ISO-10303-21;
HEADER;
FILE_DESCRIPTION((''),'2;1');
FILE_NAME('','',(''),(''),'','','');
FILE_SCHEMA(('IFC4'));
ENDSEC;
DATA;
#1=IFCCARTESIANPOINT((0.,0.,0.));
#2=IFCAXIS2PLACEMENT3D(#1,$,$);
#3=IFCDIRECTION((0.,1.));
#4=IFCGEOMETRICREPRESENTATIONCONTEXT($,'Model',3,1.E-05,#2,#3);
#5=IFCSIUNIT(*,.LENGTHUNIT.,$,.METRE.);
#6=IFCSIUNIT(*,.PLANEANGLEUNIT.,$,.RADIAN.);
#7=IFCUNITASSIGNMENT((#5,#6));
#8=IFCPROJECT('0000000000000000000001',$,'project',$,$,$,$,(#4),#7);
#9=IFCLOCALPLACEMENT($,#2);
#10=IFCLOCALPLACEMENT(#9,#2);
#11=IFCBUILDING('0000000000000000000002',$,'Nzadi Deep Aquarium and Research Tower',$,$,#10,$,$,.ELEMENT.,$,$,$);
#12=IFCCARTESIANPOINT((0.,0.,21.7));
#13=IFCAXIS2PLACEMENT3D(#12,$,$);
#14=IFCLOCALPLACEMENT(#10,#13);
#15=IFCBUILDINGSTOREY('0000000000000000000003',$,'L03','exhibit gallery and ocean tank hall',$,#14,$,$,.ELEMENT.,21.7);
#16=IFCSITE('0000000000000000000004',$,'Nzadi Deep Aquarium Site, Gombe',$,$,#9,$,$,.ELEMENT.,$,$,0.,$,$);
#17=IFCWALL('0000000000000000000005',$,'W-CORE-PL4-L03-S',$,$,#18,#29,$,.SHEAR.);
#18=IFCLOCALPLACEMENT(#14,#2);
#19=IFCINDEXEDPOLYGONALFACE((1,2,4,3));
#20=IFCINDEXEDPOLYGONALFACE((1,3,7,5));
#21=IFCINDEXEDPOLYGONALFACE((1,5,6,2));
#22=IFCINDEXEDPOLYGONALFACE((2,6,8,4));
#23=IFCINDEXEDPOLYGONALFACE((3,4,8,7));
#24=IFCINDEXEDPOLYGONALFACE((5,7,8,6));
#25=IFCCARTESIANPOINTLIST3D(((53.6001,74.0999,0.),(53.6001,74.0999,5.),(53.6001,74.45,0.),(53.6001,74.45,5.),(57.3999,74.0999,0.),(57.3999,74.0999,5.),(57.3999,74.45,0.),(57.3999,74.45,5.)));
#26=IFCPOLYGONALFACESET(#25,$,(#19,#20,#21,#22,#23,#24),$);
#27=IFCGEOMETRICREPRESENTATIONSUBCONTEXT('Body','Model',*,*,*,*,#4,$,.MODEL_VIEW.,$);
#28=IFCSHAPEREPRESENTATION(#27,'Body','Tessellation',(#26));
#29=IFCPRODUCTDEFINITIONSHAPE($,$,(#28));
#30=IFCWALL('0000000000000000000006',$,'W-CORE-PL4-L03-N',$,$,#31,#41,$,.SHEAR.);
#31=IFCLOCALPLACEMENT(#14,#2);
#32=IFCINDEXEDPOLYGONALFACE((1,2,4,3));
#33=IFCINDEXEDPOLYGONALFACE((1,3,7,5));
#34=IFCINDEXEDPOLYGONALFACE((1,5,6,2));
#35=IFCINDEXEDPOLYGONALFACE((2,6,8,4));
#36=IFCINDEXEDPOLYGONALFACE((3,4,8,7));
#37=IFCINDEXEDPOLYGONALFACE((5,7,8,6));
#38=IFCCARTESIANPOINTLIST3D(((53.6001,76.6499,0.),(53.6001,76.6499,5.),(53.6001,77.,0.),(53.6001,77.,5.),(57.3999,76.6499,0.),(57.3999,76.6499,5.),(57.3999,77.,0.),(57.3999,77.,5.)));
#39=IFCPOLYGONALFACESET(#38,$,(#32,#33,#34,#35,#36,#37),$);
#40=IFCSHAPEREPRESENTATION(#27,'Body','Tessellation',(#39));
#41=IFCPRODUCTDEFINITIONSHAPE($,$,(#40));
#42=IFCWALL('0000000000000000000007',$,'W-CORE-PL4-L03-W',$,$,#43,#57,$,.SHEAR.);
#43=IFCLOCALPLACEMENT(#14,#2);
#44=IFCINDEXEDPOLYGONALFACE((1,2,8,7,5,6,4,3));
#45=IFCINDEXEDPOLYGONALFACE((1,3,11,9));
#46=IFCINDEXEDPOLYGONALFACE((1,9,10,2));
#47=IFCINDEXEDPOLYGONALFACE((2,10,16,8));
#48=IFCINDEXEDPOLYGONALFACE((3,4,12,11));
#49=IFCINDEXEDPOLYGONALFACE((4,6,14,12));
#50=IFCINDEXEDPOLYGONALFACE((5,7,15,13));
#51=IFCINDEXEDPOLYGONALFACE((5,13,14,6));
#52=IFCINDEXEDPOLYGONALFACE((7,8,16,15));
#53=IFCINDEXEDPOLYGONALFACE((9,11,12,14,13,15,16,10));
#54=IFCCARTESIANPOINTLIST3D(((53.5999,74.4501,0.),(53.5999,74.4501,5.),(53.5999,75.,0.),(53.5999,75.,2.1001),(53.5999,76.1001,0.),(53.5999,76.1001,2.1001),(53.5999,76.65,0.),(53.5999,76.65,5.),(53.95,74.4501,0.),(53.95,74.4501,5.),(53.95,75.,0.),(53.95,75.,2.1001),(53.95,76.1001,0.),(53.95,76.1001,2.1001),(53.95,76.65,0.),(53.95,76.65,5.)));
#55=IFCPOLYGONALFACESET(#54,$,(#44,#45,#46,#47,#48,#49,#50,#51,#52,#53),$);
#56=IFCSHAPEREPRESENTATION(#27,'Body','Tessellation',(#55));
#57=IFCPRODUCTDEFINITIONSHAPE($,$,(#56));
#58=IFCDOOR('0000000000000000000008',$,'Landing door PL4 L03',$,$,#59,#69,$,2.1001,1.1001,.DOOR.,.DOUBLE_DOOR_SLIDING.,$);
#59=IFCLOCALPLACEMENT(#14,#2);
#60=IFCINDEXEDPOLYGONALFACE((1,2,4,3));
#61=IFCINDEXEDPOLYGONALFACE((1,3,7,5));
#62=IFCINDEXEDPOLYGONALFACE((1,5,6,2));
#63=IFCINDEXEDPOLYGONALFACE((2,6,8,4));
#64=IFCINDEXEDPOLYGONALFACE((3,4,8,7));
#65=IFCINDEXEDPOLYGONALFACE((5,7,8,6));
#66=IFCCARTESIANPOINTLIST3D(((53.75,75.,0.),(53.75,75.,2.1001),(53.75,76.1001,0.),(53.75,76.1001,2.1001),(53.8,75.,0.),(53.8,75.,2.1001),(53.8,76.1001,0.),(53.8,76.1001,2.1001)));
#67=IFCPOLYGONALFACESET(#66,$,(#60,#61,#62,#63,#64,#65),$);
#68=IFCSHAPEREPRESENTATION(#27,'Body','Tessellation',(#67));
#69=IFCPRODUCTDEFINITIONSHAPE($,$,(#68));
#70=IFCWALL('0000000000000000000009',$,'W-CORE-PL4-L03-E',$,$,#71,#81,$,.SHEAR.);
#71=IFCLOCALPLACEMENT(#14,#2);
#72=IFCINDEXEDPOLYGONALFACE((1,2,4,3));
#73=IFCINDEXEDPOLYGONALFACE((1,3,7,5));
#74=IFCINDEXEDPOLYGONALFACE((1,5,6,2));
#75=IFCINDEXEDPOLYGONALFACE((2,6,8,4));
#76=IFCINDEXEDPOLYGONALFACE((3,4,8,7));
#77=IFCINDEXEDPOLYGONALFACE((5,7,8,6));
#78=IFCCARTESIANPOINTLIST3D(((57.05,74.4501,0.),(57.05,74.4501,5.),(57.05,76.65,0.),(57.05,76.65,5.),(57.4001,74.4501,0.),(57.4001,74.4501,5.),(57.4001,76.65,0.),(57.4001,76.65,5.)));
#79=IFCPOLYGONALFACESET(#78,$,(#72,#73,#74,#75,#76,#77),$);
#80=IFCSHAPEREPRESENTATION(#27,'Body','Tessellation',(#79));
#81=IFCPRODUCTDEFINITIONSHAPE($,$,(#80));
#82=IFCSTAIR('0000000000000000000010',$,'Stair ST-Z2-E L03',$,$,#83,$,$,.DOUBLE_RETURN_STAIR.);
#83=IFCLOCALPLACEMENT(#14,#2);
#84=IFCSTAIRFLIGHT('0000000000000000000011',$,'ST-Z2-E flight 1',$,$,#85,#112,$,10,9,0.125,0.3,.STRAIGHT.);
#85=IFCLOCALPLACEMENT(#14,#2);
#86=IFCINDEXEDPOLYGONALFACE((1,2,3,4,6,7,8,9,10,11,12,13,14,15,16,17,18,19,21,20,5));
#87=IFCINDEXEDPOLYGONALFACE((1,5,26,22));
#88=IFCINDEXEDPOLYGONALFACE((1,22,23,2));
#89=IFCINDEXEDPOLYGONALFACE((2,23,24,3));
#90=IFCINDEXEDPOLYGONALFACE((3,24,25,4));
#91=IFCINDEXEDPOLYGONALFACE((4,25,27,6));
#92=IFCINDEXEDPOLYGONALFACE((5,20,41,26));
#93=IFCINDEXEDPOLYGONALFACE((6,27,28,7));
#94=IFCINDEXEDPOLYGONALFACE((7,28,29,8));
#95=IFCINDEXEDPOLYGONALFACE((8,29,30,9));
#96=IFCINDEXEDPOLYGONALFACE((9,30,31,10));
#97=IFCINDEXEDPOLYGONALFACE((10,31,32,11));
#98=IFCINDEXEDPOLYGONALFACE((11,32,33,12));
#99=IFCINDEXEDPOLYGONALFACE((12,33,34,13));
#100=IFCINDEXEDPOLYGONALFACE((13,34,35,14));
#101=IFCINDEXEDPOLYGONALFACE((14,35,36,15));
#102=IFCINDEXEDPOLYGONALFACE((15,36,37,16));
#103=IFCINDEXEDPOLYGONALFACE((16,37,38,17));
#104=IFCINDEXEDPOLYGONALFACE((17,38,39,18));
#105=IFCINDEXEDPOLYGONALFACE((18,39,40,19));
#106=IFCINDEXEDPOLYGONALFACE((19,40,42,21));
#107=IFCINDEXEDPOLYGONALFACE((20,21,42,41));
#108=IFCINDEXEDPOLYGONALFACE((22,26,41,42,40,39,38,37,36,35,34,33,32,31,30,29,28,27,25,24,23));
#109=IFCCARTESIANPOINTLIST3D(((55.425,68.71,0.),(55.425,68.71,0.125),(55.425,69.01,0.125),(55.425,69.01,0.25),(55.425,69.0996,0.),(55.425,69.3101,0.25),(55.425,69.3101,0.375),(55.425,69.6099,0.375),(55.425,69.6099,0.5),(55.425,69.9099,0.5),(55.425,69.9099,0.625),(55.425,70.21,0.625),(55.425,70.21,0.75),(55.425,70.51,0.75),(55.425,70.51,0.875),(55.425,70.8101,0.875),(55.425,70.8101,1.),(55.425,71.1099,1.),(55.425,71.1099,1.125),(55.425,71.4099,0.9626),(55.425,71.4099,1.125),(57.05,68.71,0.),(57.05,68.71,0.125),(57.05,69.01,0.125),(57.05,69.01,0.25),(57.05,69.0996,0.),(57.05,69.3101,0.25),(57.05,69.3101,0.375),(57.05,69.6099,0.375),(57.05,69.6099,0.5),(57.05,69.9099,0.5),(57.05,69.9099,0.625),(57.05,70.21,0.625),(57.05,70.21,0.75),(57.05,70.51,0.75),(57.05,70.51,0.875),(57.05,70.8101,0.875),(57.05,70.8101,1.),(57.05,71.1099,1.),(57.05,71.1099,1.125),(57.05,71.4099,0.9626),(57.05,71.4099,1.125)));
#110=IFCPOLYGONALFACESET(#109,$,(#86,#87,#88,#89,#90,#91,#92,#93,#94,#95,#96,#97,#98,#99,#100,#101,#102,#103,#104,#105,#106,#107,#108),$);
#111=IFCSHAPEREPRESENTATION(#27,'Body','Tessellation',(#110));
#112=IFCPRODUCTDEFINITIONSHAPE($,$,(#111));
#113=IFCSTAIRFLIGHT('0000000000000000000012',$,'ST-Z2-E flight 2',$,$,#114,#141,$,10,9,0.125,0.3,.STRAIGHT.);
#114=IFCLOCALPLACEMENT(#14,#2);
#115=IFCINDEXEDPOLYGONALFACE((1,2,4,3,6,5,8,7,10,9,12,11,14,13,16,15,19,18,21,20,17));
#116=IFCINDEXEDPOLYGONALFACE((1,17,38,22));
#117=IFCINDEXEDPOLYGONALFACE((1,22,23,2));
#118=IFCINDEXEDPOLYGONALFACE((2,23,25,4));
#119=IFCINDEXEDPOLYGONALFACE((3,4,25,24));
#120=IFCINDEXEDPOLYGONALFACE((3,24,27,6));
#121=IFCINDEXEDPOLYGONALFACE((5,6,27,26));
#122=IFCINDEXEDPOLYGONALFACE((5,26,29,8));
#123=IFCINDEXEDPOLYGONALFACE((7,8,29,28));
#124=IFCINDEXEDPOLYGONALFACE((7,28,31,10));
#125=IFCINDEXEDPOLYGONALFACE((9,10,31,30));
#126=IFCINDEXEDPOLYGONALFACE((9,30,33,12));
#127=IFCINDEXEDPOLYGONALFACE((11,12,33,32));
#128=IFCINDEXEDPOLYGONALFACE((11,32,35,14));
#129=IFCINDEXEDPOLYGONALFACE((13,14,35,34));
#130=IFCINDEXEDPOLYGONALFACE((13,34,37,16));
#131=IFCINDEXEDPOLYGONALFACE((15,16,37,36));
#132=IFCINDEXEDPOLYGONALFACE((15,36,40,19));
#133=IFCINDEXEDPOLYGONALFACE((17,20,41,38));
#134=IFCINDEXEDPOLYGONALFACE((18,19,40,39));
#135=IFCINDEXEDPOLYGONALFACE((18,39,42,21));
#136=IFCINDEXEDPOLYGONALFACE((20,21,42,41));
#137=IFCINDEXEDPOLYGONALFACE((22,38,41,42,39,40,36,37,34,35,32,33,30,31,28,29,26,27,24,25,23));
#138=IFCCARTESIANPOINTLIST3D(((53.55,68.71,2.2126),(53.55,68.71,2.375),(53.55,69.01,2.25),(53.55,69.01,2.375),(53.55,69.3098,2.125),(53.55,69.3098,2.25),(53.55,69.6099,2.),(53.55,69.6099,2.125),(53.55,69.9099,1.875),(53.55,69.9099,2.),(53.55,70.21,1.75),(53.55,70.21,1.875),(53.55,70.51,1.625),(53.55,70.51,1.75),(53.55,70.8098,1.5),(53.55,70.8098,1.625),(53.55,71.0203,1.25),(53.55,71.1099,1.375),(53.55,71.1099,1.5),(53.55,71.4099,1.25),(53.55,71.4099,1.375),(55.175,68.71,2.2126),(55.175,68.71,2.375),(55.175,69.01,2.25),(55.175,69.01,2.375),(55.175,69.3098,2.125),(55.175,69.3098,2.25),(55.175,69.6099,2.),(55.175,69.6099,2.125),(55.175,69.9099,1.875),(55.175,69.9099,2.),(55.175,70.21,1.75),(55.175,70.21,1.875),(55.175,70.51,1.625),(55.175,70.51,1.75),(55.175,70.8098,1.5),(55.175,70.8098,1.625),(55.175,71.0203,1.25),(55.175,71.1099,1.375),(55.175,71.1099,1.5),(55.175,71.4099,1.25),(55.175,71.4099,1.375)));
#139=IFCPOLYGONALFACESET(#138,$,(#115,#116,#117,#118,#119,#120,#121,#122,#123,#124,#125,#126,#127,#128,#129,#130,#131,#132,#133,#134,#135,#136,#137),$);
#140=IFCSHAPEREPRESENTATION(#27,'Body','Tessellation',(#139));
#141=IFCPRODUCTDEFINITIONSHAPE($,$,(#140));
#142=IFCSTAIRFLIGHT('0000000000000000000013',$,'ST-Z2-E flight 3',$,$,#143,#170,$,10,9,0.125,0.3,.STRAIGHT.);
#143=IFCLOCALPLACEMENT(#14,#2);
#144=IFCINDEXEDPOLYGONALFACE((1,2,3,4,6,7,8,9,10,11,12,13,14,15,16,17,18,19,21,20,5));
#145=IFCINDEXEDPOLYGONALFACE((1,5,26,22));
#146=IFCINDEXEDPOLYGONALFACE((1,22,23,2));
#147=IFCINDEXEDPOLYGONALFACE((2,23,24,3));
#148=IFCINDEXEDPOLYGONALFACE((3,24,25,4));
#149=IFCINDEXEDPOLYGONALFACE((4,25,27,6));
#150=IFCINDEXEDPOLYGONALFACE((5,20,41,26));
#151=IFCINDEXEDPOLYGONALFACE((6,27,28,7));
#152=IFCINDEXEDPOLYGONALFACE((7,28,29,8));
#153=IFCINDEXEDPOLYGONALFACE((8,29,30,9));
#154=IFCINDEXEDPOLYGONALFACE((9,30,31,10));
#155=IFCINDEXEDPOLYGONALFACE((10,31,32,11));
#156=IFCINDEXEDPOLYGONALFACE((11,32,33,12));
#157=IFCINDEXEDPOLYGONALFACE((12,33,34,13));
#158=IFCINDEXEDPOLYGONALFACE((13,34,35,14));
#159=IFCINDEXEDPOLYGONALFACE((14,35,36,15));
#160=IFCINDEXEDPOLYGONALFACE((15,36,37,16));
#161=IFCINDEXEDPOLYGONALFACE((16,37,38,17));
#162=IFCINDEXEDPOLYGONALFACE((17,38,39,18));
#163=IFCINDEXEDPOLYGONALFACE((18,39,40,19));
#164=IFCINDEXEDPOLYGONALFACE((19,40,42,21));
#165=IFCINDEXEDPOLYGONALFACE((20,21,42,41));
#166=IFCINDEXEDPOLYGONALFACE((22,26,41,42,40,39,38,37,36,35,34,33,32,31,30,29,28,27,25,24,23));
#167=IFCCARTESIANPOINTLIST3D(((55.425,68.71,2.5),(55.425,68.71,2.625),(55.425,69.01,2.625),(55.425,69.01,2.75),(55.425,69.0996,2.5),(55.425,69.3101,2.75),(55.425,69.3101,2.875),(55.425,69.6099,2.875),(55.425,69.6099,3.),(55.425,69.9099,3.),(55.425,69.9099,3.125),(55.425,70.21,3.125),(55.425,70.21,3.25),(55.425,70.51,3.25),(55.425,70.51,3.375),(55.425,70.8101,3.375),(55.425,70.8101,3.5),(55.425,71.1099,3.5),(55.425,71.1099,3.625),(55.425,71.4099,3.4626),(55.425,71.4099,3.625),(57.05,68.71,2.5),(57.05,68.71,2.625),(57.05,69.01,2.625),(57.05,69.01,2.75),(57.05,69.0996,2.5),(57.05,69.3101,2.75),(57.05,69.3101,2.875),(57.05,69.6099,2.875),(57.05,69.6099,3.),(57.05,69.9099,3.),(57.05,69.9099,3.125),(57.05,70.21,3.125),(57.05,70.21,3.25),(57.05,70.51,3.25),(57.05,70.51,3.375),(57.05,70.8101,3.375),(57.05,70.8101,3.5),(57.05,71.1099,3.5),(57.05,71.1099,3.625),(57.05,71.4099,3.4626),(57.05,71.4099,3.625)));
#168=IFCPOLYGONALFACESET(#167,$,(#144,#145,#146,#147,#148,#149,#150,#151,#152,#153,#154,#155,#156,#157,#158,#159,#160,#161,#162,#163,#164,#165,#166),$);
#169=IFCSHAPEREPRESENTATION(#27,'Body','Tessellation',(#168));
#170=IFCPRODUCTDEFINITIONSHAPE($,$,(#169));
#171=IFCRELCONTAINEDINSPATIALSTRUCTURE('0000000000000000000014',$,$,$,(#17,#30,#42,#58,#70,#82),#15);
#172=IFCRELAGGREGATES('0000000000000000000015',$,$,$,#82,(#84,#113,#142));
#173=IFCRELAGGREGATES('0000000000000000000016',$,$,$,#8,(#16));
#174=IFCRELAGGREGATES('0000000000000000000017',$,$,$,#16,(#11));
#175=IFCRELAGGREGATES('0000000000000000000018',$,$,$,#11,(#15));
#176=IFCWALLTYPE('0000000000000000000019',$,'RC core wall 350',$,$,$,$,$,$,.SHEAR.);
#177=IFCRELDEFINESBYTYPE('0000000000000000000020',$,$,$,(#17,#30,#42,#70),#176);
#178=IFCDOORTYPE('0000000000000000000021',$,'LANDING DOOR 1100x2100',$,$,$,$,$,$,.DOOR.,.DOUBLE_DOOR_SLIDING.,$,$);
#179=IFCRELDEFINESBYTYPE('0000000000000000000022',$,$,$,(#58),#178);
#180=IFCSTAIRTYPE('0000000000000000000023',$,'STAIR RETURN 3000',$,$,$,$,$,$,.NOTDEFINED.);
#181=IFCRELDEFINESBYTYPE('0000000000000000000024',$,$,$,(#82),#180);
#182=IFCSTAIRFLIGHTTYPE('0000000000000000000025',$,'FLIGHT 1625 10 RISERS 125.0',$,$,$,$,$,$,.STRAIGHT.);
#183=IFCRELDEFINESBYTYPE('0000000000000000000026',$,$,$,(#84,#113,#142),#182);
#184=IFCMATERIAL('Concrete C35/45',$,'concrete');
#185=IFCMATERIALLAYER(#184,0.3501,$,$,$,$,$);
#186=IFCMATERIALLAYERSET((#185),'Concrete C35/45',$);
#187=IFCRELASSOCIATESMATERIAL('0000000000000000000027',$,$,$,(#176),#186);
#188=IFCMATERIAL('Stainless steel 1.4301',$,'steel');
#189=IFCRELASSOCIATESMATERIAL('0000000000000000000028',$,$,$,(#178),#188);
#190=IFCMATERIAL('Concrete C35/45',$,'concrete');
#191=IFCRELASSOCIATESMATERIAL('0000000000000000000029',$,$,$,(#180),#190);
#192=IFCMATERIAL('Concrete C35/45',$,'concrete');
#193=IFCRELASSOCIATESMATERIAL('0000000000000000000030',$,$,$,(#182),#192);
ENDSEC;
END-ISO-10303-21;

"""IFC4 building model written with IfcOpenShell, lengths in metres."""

from ifc_helpers import new_model, si_unit, direction, frame, frame_2d, origin, place, context, subcontext, project, spatial, polyline, rectangle, outline, extrude, material, layer, layer_set, type_object, element, fill, aggregate, save


model = new_model("IFC4")

# Units and contexts
model_context = context("Model", 3, precision=1e-05, world=origin(), true_north=direction((0.0, 1.0)))
body_context = subcontext(model_context, "Body", "Model", "MODEL_VIEW")
ifc_project = project(units=[si_unit("LENGTHUNIT", "METRE"), si_unit("PLANEANGLEUNIT", "RADIAN")], contexts=[model_context])

# Site, building, storey
site_placement = place(None, origin())
site = spatial("IfcSite", under=ifc_project, at=site_placement, Name="Nzadi Deep Aquarium Site, Gombe", CompositionType="ELEMENT", RefElevation=0.0)
building_placement = place(site_placement, origin())
building = spatial("IfcBuilding", under=site, at=building_placement, Name="Nzadi Deep Aquarium and Research Tower", CompositionType="ELEMENT")
storey_placement = place(building_placement, frame((0.0, 0.0, 21.7)))
storey = spatial("IfcBuildingStorey", under=building, at=storey_placement, Name="L03", Description="exhibit gallery and ocean tank hall", CompositionType="ELEMENT", Elevation=21.7)

# Walls
ifc_material_1 = material(Name="Concrete C35/45", Category="concrete")
ifc_layer_1 = layer(ifc_material_1, 0.3501)
ifc_layer_set_1 = layer_set([ifc_layer_1], Name="Concrete C35/45")
wall_type_1 = type_object("IfcWallType", Name="RC core wall 350", PredefinedType="SHEAR", material=ifc_layer_set_1)
for number, where, z_axis, x_axis, name in (
    (1, (53.6001, 74.2749, 0.0), (0.0, 0.0, 1.0), (1.0, 0.0, 0.0), "W-CORE-PL4-L03-S"),
    (2, (53.6001, 76.825, 0.0), (0.0, 0.0, 1.0), (1.0, 0.0, 0.0), "W-CORE-PL4-L03-N"),
):
    element("IfcWall", number, at=place(storey_placement, frame(where, z_axis=z_axis, x_axis=x_axis)), inside=storey, type_object=wall_type_1, Name=name, PredefinedType="SHEAR", context=body_context, shape_type="SweptSolid", body=[
        extrude(rectangle(XDim=3.7998, YDim=0.3501, at=frame_2d((1.8999, 0.0))), origin(), (0.0, 0.0, 1.0), 5.0),
    ])

# Wall, opening, door
wall_1_placement = place(storey_placement, frame((53.7749, 74.45, 0.0), z_axis=(0.0, 0.0, 1.0), x_axis=(0.0, 1.0, 0.0)))
wall_1 = element("IfcWall", 3, at=wall_1_placement, inside=storey, type_object=wall_type_1, Name="W-CORE-PL4-L03-W", PredefinedType="SHEAR", context=body_context, shape_type="SweptSolid", body=[
    extrude(rectangle(XDim=2.2, YDim=0.3501, at=frame_2d((1.1001, 0.0))), origin(), (0.0, 0.0, 1.0), 5.0),
])
opening_1_placement = place(wall_1_placement, frame((0.55, 0.0, 0.0)))
opening_1 = element("IfcOpeningElement", 4, at=opening_1_placement, cuts=wall_1, PredefinedType="OPENING", context=body_context, shape_type="SweptSolid", body=[
    extrude(rectangle(XDim=1.1001, YDim=2.1001, at=frame_2d((0.55, 1.05))), frame((0.0, 0.1851, 0.0), z_axis=(0.0, -1.0, 0.0), x_axis=(1.0, 0.0, 0.0)), (0.0, 0.0, 1.0), 0.3701),
])
ifc_material_2 = material(Name="Stainless steel 1.4301", Category="steel")
door_type_1 = type_object("IfcDoorType", Name="LANDING DOOR 1100x2100", OperationType="DOUBLE_DOOR_SLIDING", PredefinedType="DOOR", material=ifc_material_2)
door_1_placement = place(opening_1_placement, origin())
door_1 = element("IfcDoor", 5, at=door_1_placement, inside=storey, type_object=door_type_1, Name="Landing door PL4 L03", OperationType="DOUBLE_DOOR_SLIDING", OverallHeight=2.1001, OverallWidth=1.1001, PredefinedType="DOOR", context=body_context, shape_type="SweptSolid", body=[
    extrude(rectangle(XDim=1.1001, YDim=2.1001, at=frame_2d((0.55, 1.05))), frame((0.0, 0.0249, 0.0), z_axis=(0.0, -1.0, 0.0), x_axis=(1.0, 0.0, 0.0)), (0.0, 0.0, 1.0), 0.05),
])
fill(opening_1, door_1)

# Wall
wall_2_placement = place(storey_placement, frame((57.2251, 74.45, 0.0), z_axis=(0.0, 0.0, 1.0), x_axis=(0.0, 1.0, 0.0)))
element("IfcWall", 6, at=wall_2_placement, inside=storey, type_object=wall_type_1, Name="W-CORE-PL4-L03-E", PredefinedType="SHEAR", context=body_context, shape_type="SweptSolid", body=[
    extrude(rectangle(XDim=2.2, YDim=0.3501, at=frame_2d((1.1001, 0.0))), origin(), (0.0, 0.0, 1.0), 5.0),
])

# Stair, stair flights
ifc_material_3 = material(Name="Concrete C35/45", Category="concrete")
stair_type = type_object("IfcStairType", Name="STAIR RETURN 3000", PredefinedType="NOTDEFINED", material=ifc_material_3)
stair_placement = place(storey_placement, origin())
stair = element("IfcStair", 7, at=stair_placement, inside=storey, type_object=stair_type, Name="Stair ST-Z2-E L03", PredefinedType="DOUBLE_RETURN_STAIR")
ifc_material_4 = material(Name="Concrete C35/45", Category="concrete")
stair_flight_type = type_object("IfcStairFlightType", Name="FLIGHT 1625 10 RISERS 125.0", PredefinedType="STRAIGHT", material=ifc_material_4)
stair_flight_1_placement = place(storey_placement, frame((56.2375, 68.71, 0.0), z_axis=(0.0, 0.0, 1.0), x_axis=(0.0, 1.0, 0.0)))
stair_flight_1 = element("IfcStairFlight", 8, at=stair_flight_1_placement, type_object=stair_flight_type, Name="ST-Z2-E flight 1", NumberOfRisers=10, NumberOfTreads=9, PredefinedType="STRAIGHT", RiserHeight=0.125, TreadLength=0.3, context=body_context, shape_type="SweptSolid", body=[
    extrude(outline(polyline([(0.0, 0.0), (0.0, 0.125), (0.3, 0.125), (0.3, 0.25), (0.6001, 0.25), (0.6001, 0.375), (0.8999, 0.375), (0.8999, 0.5), (1.2, 0.5), (1.2, 0.625), (1.5, 0.625), (1.5, 0.75), (1.8, 0.75), (1.8, 0.875), (2.1001, 0.875), (2.1001, 1.0), (2.3999, 1.0), (2.3999, 1.125), (2.7, 1.125), (2.7, 1.25), (2.7, 0.9626), (0.3896, 0.0), (0.0, 0.0)])), frame((0.0, 0.8125, 0.0), z_axis=(0.0, -1.0, 0.0), x_axis=(1.0, 0.0, 0.0)), (0.0, 0.0, 1.0), 1.625),
])
stair_flight_2_placement = place(storey_placement, frame((54.3625, 71.4099, 1.25), z_axis=(0.0, 0.0, 1.0), x_axis=(0.0, -1.0, 0.0)))
stair_flight_2 = element("IfcStairFlight", 9, at=stair_flight_2_placement, type_object=stair_flight_type, Name="ST-Z2-E flight 2", NumberOfRisers=10, NumberOfTreads=9, PredefinedType="STRAIGHT", RiserHeight=0.125, TreadLength=0.3, context=body_context, shape_type="SweptSolid", body=[
    extrude(outline(polyline([(0.0, 0.0), (0.0, 0.125), (0.3, 0.125), (0.3, 0.25), (0.6001, 0.25), (0.6001, 0.375), (0.8999, 0.375), (0.8999, 0.5), (1.2, 0.5), (1.2, 0.625), (1.5, 0.625), (1.5, 0.75), (1.8, 0.75), (1.8, 0.875), (2.1001, 0.875), (2.1001, 1.0), (2.3999, 1.0), (2.3999, 1.125), (2.7, 1.125), (2.7, 1.25), (2.7, 0.9626), (0.3896, 0.0), (0.0, 0.0)])), frame((0.0, 0.8125, 0.0), z_axis=(0.0, -1.0, 0.0), x_axis=(1.0, 0.0, 0.0)), (0.0, 0.0, 1.0), 1.625),
])
stair_flight_3_placement = place(storey_placement, frame((56.2375, 68.71, 2.5), z_axis=(0.0, 0.0, 1.0), x_axis=(0.0, 1.0, 0.0)))
stair_flight_3 = element("IfcStairFlight", 10, at=stair_flight_3_placement, type_object=stair_flight_type, Name="ST-Z2-E flight 3", NumberOfRisers=10, NumberOfTreads=9, PredefinedType="STRAIGHT", RiserHeight=0.125, TreadLength=0.3, context=body_context, shape_type="SweptSolid", body=[
    extrude(outline(polyline([(0.0, 0.0), (0.0, 0.125), (0.3, 0.125), (0.3, 0.25), (0.6001, 0.25), (0.6001, 0.375), (0.8999, 0.375), (0.8999, 0.5), (1.2, 0.5), (1.2, 0.625), (1.5, 0.625), (1.5, 0.75), (1.8, 0.75), (1.8, 0.875), (2.1001, 0.875), (2.1001, 1.0), (2.3999, 1.0), (2.3999, 1.125), (2.7, 1.125), (2.7, 1.25), (2.7, 0.9626), (0.3896, 0.0), (0.0, 0.0)])), frame((0.0, 0.8125, 0.0), z_axis=(0.0, -1.0, 0.0), x_axis=(1.0, 0.0, 0.0)), (0.0, 0.0, 1.0), 1.625),
])
aggregate(stair, [stair_flight_1, stair_flight_2, stair_flight_3])

save(model, "model.ifc")
